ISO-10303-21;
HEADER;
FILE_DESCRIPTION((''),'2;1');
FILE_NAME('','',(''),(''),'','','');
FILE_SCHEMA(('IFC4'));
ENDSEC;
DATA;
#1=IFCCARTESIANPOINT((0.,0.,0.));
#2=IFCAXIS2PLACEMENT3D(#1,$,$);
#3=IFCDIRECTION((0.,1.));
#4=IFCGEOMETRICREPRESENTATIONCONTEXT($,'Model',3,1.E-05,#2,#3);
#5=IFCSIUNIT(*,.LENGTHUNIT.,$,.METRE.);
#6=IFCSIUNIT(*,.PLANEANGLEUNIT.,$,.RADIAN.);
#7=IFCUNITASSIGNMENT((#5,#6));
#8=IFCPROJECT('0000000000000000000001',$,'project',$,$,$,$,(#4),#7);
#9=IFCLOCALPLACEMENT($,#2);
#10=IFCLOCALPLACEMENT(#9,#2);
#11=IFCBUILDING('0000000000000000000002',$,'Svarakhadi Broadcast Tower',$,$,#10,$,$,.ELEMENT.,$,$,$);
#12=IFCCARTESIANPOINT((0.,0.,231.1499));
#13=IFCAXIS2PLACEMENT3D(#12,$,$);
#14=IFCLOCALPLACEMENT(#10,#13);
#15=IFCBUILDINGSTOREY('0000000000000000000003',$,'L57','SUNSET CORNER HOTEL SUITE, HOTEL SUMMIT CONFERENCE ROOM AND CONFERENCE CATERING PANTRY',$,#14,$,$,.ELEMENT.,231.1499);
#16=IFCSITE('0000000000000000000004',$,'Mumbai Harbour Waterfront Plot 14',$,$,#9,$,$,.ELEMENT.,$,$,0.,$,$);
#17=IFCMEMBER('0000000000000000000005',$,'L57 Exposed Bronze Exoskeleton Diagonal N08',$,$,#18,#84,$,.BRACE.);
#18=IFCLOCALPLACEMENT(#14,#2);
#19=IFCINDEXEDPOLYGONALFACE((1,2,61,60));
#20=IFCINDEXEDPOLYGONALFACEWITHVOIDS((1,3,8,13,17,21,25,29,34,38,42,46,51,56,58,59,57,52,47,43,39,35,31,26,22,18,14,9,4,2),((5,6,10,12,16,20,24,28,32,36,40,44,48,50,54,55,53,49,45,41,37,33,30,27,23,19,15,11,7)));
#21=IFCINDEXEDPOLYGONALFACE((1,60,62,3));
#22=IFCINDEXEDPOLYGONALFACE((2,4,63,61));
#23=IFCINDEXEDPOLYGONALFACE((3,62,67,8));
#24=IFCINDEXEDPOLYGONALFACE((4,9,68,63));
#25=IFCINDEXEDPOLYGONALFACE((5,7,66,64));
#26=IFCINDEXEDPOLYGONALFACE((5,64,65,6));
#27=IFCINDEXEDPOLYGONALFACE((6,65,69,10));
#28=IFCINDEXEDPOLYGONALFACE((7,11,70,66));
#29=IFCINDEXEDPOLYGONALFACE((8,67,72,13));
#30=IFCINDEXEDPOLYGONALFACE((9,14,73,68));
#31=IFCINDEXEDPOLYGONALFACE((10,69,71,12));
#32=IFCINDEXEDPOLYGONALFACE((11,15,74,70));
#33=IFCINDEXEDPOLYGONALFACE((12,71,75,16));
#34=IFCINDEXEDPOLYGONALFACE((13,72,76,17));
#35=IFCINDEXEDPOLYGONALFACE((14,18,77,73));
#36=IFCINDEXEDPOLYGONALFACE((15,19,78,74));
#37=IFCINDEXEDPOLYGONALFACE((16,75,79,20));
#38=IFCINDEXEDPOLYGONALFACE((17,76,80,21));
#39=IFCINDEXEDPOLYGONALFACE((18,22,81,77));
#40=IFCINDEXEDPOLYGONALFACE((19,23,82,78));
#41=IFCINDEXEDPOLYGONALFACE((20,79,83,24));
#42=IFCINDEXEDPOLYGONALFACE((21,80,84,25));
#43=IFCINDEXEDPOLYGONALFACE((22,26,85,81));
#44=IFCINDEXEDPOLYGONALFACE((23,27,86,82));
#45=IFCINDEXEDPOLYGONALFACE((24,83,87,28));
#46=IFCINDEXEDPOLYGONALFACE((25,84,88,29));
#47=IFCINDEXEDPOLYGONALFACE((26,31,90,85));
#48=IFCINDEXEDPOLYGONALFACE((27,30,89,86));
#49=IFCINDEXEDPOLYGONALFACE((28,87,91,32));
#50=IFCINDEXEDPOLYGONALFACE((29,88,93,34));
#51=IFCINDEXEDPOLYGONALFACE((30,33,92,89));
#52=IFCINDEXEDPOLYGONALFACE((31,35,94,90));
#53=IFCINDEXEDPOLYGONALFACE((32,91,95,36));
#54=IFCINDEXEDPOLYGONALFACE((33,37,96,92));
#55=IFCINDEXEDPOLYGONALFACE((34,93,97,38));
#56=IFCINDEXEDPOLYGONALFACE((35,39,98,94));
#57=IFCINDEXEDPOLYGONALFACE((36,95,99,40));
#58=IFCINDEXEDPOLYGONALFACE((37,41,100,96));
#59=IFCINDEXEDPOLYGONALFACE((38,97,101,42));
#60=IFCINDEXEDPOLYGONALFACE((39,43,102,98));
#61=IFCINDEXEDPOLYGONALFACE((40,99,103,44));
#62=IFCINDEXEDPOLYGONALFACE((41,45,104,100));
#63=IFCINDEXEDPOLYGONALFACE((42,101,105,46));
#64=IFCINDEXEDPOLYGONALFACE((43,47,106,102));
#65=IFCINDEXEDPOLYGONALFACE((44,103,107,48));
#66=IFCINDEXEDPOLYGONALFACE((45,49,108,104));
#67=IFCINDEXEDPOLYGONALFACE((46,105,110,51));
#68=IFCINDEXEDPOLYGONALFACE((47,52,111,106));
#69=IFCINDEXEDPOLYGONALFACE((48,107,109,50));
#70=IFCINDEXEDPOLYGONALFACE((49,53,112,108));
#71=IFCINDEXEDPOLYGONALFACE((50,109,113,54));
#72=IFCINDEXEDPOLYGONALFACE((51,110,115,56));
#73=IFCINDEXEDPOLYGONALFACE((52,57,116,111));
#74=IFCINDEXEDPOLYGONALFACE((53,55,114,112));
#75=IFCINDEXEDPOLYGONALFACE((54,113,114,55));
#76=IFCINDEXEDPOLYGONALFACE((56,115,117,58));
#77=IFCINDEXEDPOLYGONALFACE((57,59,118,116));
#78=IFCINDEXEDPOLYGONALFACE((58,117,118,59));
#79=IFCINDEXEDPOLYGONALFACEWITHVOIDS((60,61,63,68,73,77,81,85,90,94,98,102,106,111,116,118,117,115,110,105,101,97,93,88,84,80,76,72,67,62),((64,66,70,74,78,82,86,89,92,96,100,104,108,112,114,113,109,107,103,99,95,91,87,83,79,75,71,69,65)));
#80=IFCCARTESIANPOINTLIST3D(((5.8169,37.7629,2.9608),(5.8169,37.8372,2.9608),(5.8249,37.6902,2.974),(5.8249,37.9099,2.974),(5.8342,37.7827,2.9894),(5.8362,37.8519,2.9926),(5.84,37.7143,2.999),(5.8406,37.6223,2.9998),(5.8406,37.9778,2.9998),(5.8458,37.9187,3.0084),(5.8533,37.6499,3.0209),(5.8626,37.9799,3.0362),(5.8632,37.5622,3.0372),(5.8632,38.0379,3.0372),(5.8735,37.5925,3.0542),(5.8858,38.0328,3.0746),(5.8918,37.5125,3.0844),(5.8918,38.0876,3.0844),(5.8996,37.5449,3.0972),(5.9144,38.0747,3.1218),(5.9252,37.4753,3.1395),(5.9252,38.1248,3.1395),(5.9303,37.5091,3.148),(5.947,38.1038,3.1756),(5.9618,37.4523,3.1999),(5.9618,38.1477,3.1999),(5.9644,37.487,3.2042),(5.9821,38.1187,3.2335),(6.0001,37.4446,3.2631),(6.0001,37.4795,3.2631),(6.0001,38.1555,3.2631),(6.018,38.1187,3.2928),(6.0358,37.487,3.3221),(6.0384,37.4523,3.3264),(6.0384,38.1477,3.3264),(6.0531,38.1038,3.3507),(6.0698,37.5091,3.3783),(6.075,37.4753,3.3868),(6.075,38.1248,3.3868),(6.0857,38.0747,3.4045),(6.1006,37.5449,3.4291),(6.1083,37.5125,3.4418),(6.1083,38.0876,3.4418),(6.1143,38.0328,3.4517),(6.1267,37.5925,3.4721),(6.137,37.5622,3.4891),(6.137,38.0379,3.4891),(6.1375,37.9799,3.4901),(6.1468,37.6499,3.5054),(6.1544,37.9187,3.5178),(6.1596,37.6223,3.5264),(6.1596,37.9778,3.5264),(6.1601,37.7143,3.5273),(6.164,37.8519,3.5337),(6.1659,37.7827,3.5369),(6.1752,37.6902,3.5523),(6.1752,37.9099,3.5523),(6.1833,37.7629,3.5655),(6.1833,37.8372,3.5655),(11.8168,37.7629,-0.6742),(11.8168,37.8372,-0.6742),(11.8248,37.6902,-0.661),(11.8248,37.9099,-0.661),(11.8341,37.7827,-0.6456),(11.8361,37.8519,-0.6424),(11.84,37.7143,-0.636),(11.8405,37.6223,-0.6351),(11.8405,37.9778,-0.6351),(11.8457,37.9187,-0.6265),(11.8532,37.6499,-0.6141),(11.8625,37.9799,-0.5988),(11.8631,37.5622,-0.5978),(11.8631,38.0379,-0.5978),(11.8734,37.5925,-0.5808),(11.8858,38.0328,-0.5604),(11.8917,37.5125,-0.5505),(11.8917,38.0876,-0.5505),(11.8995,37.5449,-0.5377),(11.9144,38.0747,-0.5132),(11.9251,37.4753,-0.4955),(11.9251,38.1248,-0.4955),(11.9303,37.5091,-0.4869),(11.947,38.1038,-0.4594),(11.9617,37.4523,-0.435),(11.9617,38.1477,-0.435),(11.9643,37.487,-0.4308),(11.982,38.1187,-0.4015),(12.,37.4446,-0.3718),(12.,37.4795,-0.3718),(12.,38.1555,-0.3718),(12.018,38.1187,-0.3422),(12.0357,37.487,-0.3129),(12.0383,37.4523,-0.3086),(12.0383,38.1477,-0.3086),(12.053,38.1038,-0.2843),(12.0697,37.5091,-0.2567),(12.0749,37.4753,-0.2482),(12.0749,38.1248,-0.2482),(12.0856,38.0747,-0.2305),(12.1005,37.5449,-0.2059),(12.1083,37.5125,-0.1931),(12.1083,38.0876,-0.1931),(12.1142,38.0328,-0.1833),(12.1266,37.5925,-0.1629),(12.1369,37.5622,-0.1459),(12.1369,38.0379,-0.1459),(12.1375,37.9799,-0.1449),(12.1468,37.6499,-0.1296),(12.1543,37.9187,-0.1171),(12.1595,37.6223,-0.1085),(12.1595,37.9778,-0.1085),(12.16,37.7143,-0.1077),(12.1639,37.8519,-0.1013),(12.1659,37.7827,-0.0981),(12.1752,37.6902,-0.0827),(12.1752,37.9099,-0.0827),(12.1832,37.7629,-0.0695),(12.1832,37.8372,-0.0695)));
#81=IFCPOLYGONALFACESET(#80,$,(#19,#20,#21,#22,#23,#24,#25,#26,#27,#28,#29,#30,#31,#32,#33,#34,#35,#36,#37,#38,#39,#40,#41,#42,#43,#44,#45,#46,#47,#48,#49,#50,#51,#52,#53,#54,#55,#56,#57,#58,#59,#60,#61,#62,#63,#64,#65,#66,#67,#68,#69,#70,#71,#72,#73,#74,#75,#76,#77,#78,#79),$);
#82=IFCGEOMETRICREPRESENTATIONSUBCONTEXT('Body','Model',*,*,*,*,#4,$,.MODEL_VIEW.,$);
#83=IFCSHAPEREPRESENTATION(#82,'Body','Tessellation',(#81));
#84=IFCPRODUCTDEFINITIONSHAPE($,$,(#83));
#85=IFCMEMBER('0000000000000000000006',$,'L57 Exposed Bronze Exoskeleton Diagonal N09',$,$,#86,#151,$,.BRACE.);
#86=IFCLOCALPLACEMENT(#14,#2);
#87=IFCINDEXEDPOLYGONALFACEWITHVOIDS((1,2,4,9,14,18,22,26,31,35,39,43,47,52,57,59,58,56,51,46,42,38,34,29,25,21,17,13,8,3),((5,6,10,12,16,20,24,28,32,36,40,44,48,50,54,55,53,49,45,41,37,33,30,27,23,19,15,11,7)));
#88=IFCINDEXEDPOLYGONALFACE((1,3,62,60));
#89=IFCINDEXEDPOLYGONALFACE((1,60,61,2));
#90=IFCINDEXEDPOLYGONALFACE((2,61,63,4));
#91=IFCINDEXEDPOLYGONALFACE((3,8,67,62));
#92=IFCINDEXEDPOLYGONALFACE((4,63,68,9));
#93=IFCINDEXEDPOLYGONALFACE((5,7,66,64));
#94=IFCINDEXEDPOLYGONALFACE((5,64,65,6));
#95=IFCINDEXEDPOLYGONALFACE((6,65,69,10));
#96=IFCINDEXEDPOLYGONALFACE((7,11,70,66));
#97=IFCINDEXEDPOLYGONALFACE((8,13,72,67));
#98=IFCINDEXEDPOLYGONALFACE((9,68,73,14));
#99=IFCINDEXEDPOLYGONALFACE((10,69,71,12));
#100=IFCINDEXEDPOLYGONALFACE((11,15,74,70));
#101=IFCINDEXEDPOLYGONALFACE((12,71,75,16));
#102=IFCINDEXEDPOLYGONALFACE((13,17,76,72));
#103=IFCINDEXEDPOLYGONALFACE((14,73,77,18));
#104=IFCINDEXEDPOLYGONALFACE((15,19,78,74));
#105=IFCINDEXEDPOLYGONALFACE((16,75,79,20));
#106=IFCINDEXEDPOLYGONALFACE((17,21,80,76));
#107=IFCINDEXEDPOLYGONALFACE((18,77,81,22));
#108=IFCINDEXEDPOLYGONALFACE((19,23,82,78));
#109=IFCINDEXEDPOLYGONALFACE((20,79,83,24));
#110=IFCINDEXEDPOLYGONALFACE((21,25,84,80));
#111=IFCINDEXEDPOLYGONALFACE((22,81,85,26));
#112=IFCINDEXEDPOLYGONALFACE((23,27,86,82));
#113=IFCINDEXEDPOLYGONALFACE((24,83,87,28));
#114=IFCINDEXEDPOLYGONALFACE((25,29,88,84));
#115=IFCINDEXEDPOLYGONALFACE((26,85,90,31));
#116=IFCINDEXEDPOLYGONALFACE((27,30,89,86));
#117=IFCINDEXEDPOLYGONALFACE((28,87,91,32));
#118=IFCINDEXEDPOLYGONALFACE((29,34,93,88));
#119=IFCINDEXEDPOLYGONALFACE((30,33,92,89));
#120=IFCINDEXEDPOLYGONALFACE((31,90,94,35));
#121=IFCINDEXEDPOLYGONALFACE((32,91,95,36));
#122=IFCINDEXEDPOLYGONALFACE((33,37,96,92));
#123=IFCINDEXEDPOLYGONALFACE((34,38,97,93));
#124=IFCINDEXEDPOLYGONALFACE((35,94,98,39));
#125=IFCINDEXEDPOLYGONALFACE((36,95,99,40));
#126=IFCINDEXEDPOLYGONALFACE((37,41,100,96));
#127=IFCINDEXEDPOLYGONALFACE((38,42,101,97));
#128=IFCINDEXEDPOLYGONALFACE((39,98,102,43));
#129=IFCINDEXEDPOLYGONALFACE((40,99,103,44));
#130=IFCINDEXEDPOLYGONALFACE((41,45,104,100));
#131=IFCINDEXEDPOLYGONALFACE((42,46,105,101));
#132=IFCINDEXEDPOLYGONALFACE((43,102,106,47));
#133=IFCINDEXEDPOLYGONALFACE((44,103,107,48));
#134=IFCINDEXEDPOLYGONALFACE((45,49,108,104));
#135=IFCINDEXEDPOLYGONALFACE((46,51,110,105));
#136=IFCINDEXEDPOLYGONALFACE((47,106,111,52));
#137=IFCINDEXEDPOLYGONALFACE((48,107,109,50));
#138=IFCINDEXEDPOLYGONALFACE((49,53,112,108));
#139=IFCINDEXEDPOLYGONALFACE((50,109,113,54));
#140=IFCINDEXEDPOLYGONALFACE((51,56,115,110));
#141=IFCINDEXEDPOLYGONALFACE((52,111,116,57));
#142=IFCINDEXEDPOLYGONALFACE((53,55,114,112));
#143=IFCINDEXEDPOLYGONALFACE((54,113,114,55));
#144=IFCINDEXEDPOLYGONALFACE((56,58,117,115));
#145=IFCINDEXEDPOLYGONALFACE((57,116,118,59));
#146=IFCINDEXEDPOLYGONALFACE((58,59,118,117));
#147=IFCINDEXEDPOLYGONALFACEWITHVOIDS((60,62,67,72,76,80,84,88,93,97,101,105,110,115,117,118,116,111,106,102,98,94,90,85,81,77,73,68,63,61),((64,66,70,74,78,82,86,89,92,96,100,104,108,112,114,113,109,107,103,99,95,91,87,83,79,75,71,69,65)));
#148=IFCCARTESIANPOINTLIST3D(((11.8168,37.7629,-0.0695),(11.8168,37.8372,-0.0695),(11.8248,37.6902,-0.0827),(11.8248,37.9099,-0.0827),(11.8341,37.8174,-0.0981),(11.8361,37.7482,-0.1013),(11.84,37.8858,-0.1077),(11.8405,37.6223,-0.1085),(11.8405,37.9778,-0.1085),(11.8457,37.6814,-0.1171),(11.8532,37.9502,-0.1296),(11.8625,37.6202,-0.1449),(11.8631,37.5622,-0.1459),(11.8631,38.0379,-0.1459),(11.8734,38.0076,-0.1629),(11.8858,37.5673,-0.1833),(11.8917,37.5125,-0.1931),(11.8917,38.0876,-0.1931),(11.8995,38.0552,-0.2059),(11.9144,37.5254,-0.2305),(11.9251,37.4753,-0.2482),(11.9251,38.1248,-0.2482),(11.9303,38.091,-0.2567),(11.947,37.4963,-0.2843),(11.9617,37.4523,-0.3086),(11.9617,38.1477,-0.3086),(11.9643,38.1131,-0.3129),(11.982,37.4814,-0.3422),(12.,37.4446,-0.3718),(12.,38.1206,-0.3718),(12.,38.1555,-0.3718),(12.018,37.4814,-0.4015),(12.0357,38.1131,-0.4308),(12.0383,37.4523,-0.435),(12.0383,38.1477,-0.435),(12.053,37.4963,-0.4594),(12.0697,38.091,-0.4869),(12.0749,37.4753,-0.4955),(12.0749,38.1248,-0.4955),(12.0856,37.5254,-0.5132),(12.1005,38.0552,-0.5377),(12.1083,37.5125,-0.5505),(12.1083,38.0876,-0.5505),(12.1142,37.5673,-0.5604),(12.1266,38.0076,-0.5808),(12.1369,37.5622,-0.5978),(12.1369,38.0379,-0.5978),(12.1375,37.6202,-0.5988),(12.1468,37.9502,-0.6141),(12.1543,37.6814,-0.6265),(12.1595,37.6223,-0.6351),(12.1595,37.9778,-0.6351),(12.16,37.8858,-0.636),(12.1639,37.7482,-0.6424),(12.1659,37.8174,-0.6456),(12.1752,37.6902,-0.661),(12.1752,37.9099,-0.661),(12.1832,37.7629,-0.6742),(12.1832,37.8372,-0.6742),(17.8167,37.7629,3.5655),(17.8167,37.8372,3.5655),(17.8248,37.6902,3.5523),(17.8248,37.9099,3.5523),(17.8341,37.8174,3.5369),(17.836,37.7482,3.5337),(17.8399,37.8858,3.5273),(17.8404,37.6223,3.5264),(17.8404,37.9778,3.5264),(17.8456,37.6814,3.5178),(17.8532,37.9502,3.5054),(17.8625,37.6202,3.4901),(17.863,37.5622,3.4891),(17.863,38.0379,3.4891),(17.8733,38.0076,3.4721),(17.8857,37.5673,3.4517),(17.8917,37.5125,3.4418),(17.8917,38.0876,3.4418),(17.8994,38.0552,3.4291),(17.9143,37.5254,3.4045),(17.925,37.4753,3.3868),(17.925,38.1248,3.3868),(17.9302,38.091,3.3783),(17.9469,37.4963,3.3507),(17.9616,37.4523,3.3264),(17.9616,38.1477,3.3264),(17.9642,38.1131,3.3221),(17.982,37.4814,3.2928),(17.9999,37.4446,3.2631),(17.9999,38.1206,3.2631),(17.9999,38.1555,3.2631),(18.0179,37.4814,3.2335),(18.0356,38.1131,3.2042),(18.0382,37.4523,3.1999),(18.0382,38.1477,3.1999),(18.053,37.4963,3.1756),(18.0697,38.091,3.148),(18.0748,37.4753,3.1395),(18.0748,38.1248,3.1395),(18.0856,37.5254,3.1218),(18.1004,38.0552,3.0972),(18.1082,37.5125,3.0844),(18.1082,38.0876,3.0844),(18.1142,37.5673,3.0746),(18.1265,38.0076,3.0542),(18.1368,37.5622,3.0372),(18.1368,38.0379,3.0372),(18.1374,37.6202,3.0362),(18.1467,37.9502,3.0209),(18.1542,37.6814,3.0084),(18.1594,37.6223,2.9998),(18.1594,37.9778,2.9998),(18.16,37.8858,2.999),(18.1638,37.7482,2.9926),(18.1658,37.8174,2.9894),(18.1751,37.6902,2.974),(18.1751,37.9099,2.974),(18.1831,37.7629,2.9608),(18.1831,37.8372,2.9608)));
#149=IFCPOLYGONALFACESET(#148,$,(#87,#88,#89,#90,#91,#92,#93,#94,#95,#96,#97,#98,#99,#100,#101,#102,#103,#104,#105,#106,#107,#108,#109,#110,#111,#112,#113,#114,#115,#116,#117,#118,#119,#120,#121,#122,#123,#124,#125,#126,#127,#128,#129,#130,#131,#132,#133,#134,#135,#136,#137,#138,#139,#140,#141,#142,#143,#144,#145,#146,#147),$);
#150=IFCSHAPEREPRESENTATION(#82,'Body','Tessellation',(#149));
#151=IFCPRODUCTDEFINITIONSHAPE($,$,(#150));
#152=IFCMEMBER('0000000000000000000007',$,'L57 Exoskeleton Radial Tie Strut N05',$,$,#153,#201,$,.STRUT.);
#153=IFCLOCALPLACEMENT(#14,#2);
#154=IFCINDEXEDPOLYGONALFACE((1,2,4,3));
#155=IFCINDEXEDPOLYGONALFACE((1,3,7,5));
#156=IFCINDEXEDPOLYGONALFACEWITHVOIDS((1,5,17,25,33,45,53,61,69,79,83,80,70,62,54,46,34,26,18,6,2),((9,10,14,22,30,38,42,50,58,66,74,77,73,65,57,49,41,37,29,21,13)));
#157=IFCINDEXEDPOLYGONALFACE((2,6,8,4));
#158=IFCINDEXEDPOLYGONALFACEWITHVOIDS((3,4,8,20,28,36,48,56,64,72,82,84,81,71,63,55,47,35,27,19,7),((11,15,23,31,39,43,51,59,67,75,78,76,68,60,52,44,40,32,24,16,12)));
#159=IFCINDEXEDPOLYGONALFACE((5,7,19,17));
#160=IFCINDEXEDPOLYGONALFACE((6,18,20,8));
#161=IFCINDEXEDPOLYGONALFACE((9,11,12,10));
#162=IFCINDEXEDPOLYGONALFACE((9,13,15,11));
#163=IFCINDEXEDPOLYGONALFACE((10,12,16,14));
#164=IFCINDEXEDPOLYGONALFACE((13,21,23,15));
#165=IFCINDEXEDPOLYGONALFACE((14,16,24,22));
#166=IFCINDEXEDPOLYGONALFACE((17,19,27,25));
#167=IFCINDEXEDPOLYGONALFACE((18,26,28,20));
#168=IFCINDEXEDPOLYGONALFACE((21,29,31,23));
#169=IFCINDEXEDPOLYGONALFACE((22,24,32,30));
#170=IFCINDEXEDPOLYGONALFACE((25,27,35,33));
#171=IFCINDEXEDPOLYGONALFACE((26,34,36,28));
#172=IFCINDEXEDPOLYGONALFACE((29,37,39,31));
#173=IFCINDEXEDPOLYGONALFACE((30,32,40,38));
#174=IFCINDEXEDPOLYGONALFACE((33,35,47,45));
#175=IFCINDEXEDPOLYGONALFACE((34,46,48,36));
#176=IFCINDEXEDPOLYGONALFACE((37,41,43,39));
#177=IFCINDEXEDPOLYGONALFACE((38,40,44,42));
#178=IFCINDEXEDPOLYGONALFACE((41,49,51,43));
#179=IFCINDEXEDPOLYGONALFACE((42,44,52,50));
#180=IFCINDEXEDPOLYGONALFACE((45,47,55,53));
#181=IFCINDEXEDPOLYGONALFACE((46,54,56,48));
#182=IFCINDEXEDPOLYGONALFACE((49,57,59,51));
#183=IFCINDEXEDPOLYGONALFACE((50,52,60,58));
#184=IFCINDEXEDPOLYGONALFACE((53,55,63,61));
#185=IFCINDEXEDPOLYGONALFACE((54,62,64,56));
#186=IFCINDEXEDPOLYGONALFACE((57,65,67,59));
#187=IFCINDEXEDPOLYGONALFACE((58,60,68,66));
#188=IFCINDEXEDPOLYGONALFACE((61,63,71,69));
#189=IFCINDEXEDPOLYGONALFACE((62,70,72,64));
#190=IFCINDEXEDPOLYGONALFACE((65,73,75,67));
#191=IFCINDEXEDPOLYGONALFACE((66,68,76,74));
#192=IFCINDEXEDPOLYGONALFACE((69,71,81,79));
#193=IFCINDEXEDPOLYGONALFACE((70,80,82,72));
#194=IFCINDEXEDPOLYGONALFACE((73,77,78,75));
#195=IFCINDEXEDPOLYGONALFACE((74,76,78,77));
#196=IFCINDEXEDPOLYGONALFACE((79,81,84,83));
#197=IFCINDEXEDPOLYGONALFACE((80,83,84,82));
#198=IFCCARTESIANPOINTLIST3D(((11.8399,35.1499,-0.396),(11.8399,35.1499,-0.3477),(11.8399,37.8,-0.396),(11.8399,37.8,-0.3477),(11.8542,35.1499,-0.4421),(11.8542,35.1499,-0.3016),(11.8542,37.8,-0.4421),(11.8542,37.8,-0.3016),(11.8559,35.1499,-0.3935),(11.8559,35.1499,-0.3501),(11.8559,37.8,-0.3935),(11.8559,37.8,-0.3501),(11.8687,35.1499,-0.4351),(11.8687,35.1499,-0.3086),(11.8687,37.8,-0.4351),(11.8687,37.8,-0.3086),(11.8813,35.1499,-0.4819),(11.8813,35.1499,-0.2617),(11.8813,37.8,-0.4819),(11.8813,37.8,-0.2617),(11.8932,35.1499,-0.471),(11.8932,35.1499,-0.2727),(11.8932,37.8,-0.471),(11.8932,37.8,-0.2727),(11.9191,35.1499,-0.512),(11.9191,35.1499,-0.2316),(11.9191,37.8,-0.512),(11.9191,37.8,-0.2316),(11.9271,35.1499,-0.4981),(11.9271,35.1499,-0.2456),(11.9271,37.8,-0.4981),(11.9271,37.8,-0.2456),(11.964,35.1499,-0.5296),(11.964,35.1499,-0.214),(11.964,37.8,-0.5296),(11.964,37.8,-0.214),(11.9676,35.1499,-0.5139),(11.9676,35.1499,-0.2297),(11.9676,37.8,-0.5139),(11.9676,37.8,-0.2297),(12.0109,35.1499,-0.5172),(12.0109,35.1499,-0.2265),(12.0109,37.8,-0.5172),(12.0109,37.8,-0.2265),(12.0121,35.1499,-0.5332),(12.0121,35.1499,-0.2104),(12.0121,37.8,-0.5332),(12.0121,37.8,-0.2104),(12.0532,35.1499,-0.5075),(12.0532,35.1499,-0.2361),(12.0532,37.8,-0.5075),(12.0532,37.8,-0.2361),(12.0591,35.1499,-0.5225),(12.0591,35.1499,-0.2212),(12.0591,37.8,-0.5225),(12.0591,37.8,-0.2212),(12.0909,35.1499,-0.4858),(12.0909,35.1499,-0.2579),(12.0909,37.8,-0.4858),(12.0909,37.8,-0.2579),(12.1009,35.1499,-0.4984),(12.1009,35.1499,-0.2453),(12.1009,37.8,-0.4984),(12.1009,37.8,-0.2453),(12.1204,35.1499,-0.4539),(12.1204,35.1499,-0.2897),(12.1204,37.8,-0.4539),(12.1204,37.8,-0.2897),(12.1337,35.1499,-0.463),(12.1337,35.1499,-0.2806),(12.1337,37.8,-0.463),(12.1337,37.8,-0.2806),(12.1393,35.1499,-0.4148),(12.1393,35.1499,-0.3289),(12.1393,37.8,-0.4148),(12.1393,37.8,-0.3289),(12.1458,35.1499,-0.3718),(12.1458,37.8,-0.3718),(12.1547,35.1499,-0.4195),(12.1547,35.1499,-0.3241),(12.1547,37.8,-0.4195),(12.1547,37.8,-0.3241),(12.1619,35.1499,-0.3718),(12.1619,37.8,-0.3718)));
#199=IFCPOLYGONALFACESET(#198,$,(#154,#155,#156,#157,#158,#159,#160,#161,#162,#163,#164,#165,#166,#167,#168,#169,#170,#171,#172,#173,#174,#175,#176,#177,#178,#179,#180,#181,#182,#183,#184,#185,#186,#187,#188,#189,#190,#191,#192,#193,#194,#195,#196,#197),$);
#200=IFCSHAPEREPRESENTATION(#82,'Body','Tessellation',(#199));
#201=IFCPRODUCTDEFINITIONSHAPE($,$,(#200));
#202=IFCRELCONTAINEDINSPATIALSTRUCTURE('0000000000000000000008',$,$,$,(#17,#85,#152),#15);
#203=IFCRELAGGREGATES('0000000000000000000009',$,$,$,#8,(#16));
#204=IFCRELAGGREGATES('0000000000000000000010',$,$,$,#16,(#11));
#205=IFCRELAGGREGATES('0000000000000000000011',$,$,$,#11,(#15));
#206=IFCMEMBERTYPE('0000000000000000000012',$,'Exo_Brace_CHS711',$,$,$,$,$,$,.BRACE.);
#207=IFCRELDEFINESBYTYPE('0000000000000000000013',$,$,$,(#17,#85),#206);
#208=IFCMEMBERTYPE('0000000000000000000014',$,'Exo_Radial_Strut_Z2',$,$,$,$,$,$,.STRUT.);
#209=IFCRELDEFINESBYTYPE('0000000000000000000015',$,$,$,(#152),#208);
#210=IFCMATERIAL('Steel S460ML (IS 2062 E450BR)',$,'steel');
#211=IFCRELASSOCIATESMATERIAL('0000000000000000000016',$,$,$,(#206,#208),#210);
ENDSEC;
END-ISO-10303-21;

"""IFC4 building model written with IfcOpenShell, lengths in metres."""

from ifc_helpers import new_model, si_unit, direction, frame, origin, origin_2d, place, context, subcontext, project, spatial, hollow_circle, extrude, material, material_profile, profile_set, type_object, element, save


model = new_model("IFC4")

# Units and contexts
model_context = context("Model", 3, precision=1e-05, world=origin(), true_north=direction((0.0, 1.0)))
body_context = subcontext(model_context, "Body", "Model", "MODEL_VIEW")
ifc_project = project(units=[si_unit("LENGTHUNIT", "METRE"), si_unit("PLANEANGLEUNIT", "RADIAN")], contexts=[model_context])

# Site, building, storey
site_placement = place(None, origin())
site = spatial("IfcSite", under=ifc_project, at=site_placement, Name="Mumbai Harbour Waterfront Plot 14", CompositionType="ELEMENT", RefElevation=0.0)
building_placement = place(site_placement, origin())
building = spatial("IfcBuilding", under=site, at=building_placement, Name="Svarakhadi Broadcast Tower", CompositionType="ELEMENT")
storey_placement = place(building_placement, frame((0.0, 0.0, 231.1499)))
storey = spatial("IfcBuildingStorey", under=building, at=storey_placement, Name="L57", Description="SUNSET CORNER HOTEL SUITE, HOTEL SUMMIT CONFERENCE ROOM AND CONFERENCE CATERING PANTRY", CompositionType="ELEMENT", Elevation=231.1499)

# Shared definitions
ifc_material_1 = material(Name="Steel S460ML (IS 2062 E450BR)", Category="steel")

# Members
ifc_material_profile_1 = material_profile(ifc_material_1, hollow_circle(Radius=0.3555, WallThickness=0.0349, at=origin_2d()), Name="CHS 711x35")
ifc_profile_set_1 = profile_set([ifc_material_profile_1], Name="Steel S460ML (IS 2062 E450BR)")
member_type_1 = type_object("IfcMemberType", Name="Exo_Brace_CHS711", PredefinedType="BRACE", material=ifc_profile_set_1)
for number, where, z_axis, x_axis, name in (
    (1, (12.0, 37.8, -0.3718), (-0.855283, 0.0, 0.518161), (0.0, -1.0, 0.0), "L57 Exposed Bronze Exoskeleton Diagonal N08"),
    (2, (12.0, 37.8, -0.3718), (0.855283, 0.0, 0.518161), (0.0, 1.0, 0.0), "L57 Exposed Bronze Exoskeleton Diagonal N09"),
):
    element("IfcMember", number, at=place(storey_placement, frame(where, z_axis=z_axis, x_axis=x_axis)), inside=storey, type_object=member_type_1, Name=name, PredefinedType="BRACE", context=body_context, shape_type="SweptSolid", body=[
        extrude(hollow_circle(Radius=0.3555, WallThickness=0.0349, at=origin_2d()), origin(), (0.0, 0.0, 1.0), 7.0151),
    ])
ifc_material_profile_2 = material_profile(ifc_material_1, hollow_circle(Radius=0.1619, WallThickness=0.0161, at=origin_2d()), Name="CHS 323.9x16")
ifc_profile_set_2 = profile_set([ifc_material_profile_2], Name="Steel S460ML (IS 2062 E450BR)")
member_type_2 = type_object("IfcMemberType", Name="Exo_Radial_Strut_Z2", PredefinedType="STRUT", material=ifc_profile_set_2)
member_1_placement = place(storey_placement, frame((12.0, 37.8, -0.3718), z_axis=(0.0, -1.0, 0.0), x_axis=(1.0, 0.0, 0.0)))
element("IfcMember", 3, at=member_1_placement, inside=storey, type_object=member_type_2, Name="L57 Exoskeleton Radial Tie Strut N05", PredefinedType="STRUT", context=body_context, shape_type="SweptSolid", body=[
    extrude(hollow_circle(Radius=0.1619, WallThickness=0.0161, at=origin_2d()), origin(), (0.0, 0.0, 1.0), 2.6501),
])

save(model, "model.ifc")
